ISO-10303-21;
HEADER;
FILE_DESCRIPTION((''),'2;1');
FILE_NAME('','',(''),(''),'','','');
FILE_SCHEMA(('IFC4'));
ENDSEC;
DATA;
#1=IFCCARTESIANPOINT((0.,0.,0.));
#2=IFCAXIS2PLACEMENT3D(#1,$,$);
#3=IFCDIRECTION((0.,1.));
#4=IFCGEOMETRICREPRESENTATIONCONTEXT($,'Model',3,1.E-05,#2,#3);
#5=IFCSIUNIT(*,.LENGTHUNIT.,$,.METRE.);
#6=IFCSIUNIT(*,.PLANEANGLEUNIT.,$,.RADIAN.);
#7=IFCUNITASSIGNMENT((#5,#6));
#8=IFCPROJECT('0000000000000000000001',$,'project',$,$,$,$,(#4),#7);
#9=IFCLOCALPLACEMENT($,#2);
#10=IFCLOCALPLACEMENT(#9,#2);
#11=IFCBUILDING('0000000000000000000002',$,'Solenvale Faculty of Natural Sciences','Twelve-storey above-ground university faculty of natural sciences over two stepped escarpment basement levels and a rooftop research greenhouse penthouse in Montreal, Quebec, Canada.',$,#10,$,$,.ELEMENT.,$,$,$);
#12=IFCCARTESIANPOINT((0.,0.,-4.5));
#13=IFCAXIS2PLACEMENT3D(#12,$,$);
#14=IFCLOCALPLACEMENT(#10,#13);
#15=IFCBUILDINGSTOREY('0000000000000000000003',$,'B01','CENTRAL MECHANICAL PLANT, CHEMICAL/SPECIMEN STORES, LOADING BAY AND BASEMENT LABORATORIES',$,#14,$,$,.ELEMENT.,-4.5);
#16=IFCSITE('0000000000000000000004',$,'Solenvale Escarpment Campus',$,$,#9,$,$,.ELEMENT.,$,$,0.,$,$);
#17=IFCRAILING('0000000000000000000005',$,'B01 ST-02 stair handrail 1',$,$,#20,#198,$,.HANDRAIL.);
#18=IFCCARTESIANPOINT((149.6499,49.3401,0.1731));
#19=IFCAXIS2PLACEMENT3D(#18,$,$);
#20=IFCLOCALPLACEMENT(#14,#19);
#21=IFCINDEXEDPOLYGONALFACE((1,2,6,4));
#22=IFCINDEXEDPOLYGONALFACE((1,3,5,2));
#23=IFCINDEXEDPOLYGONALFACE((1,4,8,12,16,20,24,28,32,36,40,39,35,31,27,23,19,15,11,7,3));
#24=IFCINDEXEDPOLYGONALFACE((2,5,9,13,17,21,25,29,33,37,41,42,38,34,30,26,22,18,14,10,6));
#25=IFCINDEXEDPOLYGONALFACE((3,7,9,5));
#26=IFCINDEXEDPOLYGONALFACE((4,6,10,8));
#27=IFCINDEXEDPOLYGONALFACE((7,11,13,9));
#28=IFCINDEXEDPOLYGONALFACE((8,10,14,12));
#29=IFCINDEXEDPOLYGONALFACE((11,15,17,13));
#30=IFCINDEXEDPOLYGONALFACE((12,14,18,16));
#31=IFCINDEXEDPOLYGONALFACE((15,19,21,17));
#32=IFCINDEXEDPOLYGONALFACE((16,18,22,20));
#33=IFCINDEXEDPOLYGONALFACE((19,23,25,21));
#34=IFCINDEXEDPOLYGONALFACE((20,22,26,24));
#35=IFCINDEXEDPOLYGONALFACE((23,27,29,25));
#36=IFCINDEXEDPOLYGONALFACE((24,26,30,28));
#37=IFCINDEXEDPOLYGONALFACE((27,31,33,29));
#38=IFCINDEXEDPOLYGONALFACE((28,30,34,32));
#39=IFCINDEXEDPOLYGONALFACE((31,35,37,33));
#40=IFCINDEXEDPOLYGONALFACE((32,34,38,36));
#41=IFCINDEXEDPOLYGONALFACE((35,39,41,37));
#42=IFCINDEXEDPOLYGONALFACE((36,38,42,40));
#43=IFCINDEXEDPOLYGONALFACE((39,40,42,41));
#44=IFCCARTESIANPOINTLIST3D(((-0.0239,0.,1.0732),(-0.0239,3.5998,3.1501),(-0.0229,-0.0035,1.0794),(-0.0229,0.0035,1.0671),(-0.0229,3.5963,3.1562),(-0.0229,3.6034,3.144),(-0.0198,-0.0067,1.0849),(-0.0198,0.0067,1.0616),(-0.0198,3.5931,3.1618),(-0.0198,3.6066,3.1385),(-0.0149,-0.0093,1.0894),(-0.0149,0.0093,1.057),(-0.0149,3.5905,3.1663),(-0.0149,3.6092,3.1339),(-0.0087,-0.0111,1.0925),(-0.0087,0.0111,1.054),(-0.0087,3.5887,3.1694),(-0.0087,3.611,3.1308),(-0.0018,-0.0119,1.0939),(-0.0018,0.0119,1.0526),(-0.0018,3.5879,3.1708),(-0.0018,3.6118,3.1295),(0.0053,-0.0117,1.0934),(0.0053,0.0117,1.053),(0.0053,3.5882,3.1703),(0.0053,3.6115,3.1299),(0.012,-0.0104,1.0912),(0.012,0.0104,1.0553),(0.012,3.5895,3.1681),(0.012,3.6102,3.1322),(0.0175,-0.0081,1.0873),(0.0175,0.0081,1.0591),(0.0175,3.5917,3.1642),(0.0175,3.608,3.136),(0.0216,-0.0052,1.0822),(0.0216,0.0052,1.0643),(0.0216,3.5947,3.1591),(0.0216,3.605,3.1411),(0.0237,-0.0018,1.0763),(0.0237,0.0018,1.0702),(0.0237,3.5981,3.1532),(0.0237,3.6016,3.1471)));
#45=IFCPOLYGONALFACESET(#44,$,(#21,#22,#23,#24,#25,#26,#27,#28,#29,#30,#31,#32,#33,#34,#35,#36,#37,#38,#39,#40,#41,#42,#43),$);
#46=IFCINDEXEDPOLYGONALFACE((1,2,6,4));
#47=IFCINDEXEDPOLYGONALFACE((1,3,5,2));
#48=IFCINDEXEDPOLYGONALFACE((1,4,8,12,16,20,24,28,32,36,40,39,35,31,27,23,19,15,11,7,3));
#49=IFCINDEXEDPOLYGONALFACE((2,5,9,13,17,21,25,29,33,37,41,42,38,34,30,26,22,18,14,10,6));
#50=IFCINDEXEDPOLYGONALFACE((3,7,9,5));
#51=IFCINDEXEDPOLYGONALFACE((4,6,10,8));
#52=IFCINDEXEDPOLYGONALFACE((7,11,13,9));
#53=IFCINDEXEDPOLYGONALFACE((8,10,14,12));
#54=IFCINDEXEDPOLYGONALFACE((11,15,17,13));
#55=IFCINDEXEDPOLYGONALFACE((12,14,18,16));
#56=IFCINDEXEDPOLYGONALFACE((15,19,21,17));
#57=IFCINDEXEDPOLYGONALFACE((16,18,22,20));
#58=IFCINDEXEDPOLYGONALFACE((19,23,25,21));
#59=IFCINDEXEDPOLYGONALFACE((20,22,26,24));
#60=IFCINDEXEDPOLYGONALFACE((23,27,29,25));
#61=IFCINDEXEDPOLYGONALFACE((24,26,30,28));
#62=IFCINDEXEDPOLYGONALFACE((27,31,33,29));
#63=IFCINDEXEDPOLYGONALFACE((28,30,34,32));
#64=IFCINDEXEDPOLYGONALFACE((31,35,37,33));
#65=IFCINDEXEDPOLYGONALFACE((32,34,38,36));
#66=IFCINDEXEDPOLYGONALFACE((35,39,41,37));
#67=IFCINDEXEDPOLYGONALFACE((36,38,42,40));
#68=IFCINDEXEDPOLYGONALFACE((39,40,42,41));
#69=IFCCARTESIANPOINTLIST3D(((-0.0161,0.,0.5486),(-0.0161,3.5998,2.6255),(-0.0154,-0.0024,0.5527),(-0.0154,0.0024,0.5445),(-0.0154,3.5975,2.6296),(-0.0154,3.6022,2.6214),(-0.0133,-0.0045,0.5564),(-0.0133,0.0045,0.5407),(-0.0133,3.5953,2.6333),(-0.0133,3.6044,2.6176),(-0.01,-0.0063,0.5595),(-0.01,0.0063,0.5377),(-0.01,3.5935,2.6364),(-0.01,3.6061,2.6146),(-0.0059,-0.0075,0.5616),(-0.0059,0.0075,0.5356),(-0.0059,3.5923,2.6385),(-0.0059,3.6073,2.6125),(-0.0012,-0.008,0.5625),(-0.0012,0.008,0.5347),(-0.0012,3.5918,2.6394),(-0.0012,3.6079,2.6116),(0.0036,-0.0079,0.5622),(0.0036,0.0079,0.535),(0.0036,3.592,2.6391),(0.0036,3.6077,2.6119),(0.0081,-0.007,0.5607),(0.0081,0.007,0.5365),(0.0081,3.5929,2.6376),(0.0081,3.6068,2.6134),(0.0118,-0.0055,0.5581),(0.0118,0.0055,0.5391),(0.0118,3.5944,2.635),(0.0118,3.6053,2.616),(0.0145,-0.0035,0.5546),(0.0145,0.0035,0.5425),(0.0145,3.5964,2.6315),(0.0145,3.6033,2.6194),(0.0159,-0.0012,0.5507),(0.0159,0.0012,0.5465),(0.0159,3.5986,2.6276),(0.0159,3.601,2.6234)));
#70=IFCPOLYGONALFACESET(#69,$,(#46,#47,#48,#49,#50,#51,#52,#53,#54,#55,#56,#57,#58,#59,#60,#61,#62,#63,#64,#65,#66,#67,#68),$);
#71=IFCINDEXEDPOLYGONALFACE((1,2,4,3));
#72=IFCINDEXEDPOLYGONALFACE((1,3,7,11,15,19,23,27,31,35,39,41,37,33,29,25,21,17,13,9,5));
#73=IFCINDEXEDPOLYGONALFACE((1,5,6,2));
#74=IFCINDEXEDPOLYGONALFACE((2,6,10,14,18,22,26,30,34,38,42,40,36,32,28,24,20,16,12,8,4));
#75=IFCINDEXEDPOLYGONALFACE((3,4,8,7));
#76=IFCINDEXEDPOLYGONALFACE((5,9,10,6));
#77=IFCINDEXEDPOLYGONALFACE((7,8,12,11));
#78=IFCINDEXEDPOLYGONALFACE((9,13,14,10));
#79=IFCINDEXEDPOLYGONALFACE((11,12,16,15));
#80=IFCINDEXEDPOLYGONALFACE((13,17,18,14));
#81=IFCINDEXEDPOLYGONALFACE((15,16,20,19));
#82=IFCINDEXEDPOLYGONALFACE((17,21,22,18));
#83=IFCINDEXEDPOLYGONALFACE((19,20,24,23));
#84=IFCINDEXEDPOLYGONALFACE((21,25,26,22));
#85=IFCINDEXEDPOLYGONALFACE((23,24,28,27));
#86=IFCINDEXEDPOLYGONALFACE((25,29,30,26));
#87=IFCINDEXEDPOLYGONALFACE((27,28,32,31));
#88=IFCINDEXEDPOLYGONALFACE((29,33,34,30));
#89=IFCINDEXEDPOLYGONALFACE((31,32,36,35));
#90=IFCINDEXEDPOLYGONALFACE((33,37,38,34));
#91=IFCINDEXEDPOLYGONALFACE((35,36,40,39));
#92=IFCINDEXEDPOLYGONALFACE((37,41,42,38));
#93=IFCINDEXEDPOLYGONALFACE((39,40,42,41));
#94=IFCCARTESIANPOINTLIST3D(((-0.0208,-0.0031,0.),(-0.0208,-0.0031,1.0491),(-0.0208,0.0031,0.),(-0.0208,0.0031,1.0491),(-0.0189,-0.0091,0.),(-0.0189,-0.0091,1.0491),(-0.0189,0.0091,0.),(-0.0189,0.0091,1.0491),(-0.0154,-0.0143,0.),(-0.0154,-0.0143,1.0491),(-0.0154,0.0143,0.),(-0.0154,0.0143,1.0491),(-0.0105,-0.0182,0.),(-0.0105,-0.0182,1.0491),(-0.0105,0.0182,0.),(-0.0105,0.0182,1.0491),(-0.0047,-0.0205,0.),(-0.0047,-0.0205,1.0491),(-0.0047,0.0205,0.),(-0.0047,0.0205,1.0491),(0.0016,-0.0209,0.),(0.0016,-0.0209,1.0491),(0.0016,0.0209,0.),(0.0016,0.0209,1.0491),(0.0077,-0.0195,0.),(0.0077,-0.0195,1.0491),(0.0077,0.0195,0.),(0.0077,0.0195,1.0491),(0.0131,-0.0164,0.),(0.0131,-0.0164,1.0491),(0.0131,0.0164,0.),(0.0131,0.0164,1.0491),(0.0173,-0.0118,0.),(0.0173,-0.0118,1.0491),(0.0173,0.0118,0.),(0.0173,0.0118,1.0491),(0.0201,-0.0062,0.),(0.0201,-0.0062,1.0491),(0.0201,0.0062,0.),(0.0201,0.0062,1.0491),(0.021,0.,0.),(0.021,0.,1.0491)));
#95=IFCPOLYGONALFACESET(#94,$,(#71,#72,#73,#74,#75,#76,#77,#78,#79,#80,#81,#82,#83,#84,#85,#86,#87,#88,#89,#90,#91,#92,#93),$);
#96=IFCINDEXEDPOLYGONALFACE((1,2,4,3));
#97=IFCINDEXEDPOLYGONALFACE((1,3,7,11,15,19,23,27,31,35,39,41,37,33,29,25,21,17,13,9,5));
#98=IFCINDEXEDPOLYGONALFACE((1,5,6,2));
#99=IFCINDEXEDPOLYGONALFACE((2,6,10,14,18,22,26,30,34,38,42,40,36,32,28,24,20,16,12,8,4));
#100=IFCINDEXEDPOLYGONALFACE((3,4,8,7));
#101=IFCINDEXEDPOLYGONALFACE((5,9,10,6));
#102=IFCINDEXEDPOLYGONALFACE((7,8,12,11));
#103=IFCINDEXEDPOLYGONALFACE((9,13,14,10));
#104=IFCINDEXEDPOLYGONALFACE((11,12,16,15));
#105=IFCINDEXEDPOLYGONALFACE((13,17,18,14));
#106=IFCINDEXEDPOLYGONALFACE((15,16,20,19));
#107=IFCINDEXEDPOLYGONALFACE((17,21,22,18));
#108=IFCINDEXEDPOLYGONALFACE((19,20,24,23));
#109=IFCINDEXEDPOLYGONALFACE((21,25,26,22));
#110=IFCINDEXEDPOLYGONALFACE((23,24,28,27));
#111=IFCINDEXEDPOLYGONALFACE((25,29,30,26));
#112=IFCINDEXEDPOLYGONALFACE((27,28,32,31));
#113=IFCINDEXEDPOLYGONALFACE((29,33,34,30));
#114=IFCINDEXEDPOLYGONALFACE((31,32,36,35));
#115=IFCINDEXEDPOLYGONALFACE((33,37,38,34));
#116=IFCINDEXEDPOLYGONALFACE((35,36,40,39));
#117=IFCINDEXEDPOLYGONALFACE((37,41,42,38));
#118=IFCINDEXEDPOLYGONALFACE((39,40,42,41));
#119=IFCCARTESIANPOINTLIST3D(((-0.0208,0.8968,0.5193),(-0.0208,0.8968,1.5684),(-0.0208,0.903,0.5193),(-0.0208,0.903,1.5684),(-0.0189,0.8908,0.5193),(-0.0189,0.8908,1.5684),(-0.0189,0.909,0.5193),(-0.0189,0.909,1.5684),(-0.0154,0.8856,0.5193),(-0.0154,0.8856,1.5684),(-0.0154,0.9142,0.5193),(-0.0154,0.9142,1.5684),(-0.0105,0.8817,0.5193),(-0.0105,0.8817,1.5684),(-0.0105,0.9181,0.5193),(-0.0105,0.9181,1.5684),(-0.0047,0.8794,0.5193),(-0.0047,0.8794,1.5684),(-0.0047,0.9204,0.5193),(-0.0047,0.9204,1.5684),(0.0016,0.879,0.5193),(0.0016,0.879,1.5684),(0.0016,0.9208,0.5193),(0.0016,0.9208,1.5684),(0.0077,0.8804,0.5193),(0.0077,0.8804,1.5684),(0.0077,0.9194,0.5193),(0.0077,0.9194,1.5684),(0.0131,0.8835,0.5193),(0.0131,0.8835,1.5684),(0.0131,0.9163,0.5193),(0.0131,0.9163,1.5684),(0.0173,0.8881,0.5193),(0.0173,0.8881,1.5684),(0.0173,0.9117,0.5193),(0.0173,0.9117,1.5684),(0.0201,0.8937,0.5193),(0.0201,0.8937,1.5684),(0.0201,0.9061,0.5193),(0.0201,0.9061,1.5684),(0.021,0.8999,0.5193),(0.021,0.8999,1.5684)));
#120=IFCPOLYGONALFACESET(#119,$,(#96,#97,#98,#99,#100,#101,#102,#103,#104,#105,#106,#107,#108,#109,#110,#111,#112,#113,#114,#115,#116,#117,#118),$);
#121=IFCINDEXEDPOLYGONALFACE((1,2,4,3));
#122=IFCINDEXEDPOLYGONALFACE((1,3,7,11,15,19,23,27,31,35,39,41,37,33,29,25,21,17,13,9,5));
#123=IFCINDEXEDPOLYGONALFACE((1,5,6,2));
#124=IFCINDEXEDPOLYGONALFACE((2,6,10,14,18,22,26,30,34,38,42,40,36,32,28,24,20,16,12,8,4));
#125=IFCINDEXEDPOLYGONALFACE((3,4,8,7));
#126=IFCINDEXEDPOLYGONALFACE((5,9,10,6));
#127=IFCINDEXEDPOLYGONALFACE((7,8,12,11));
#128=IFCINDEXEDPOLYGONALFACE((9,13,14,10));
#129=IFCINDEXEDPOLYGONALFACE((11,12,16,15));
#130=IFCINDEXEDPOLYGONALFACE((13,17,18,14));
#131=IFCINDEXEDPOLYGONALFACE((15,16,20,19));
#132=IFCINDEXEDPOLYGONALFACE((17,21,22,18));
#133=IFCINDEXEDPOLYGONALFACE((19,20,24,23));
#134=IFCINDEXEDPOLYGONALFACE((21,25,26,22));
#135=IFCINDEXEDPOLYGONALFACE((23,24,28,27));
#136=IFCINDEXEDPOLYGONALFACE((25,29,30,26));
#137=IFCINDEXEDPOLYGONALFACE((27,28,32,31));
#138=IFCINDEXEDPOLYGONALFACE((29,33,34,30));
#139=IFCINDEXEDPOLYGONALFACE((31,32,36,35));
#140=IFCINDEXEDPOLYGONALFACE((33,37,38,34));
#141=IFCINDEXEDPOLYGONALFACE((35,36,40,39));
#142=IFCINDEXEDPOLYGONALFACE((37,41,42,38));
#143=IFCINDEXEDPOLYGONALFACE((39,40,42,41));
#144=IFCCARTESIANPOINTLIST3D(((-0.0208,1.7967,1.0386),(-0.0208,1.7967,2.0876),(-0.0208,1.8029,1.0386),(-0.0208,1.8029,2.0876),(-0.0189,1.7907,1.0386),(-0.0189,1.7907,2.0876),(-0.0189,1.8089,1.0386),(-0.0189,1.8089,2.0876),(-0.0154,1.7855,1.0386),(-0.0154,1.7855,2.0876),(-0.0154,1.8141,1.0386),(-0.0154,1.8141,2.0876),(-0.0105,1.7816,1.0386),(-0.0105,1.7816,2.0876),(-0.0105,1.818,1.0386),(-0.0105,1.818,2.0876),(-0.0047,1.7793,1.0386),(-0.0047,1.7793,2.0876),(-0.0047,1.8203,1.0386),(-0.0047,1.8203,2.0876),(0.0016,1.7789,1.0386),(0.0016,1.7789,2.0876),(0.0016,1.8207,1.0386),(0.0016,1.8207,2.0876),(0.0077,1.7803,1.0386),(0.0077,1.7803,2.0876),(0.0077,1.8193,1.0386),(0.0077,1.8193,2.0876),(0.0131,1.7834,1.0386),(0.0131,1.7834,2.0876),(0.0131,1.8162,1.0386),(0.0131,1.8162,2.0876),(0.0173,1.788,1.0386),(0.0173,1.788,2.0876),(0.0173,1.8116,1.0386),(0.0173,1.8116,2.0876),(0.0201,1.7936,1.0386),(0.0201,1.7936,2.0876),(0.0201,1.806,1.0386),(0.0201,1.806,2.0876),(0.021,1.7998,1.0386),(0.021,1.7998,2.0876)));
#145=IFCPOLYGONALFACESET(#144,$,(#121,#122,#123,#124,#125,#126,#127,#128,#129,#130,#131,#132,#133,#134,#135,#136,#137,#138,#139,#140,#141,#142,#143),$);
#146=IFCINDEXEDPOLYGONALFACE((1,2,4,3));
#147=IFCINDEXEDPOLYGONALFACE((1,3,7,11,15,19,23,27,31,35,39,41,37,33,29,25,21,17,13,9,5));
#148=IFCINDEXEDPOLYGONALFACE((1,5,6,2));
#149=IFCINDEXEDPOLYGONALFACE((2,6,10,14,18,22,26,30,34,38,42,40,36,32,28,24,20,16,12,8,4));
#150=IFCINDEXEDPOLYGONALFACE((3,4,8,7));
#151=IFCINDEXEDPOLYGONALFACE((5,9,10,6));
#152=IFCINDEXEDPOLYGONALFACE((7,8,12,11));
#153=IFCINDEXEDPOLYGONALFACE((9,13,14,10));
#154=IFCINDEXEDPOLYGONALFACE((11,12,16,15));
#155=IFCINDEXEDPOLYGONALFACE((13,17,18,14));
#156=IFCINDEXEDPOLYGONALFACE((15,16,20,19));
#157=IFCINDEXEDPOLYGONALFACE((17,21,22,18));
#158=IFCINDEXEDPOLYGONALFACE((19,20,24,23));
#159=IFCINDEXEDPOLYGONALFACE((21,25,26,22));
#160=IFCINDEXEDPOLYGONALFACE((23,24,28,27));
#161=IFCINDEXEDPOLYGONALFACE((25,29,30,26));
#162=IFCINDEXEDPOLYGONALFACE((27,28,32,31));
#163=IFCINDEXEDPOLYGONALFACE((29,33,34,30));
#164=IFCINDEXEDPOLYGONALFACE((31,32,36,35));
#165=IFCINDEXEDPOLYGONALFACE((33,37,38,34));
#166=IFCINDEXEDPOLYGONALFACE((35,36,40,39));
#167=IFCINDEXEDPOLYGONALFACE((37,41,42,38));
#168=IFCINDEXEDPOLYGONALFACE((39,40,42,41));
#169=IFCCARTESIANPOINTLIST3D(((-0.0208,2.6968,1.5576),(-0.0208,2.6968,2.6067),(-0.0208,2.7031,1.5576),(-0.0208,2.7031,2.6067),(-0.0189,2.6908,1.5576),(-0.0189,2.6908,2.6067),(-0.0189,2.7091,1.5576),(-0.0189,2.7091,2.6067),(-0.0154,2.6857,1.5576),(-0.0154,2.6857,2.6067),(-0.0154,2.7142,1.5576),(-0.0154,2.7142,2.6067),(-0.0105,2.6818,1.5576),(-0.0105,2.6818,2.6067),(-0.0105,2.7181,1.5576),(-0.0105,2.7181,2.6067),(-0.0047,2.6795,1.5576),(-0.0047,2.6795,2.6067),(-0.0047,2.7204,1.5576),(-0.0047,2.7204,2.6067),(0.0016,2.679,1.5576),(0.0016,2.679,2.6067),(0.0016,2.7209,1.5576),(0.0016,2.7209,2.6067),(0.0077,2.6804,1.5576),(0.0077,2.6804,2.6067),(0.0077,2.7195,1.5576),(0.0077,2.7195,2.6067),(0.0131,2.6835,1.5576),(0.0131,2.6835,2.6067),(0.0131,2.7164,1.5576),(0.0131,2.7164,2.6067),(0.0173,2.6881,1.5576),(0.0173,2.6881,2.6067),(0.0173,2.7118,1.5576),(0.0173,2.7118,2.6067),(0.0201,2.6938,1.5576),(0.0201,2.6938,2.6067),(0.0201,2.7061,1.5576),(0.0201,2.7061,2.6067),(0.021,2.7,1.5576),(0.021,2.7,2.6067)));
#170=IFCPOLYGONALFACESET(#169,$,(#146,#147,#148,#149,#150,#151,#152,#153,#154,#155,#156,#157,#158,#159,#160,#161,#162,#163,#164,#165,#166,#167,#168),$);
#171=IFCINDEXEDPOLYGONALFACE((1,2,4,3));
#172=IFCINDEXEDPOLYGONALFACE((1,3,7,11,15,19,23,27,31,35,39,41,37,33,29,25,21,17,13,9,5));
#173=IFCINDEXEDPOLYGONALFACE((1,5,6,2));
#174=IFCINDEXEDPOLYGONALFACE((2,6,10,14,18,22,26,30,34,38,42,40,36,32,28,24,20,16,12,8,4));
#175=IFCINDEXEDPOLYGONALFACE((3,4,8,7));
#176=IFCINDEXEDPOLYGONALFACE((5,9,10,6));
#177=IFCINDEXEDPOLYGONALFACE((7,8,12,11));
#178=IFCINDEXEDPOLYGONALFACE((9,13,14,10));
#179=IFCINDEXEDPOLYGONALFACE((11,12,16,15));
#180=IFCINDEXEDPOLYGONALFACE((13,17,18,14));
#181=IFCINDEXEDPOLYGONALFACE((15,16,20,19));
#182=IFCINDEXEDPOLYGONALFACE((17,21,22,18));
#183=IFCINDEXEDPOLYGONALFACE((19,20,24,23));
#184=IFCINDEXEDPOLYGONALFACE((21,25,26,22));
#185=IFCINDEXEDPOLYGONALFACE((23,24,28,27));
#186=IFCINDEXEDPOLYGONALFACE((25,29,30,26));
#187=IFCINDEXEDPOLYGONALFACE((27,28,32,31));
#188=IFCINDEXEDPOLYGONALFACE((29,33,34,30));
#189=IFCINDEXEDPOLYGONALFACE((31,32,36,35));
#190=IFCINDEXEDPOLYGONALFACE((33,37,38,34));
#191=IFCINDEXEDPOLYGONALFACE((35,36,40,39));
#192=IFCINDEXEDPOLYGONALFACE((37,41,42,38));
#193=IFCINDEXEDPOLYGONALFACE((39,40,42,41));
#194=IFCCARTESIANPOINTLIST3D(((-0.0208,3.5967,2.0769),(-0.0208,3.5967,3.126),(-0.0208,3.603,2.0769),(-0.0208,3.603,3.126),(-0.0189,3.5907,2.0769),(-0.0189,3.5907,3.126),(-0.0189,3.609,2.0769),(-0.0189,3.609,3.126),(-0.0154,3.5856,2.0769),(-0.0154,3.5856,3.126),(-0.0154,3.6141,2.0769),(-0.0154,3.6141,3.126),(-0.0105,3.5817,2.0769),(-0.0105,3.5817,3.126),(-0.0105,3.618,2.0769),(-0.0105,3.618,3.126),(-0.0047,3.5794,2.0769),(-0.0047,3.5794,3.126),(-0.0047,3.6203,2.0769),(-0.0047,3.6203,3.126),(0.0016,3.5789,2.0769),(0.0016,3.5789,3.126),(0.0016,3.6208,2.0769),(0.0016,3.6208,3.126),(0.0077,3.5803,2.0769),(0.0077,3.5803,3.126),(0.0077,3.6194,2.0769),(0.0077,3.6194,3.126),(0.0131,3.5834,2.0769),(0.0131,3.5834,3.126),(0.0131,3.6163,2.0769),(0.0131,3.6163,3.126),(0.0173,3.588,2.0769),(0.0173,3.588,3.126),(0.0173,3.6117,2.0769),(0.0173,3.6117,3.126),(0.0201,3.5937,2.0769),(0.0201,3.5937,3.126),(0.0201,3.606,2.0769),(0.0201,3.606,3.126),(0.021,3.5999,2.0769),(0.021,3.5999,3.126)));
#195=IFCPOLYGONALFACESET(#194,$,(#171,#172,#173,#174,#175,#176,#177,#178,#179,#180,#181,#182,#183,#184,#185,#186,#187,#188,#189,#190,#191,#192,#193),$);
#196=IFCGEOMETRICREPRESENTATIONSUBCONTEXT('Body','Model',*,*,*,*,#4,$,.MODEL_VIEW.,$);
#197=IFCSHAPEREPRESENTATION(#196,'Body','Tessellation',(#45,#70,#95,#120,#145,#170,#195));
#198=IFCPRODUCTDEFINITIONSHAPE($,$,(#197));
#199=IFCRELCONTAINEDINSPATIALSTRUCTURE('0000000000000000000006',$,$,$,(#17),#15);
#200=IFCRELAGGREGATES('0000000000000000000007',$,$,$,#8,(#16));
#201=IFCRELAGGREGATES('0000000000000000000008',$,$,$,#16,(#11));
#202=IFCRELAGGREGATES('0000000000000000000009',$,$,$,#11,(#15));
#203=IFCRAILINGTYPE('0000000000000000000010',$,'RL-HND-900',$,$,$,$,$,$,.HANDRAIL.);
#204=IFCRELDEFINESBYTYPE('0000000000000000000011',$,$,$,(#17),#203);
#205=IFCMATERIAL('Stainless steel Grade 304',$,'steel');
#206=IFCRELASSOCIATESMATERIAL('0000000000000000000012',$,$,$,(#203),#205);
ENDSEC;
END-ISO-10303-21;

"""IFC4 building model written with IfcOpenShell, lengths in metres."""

from ifc_helpers import new_model, si_unit, direction, frame, origin, origin_2d, place, context, subcontext, project, spatial, circle, extrude, material, type_object, element, save


model = new_model("IFC4")

# Units and contexts
model_context = context("Model", 3, precision=1e-05, world=origin(), true_north=direction((0.0, 1.0)))
body_context = subcontext(model_context, "Body", "Model", "MODEL_VIEW")
ifc_project = project(units=[si_unit("LENGTHUNIT", "METRE"), si_unit("PLANEANGLEUNIT", "RADIAN")], contexts=[model_context])

# Site, building, storey
site_placement = place(None, origin())
site = spatial("IfcSite", under=ifc_project, at=site_placement, Name="Solenvale Escarpment Campus", CompositionType="ELEMENT", RefElevation=0.0)
building_placement = place(site_placement, origin())
building = spatial("IfcBuilding", under=site, at=building_placement, Name="Solenvale Faculty of Natural Sciences", Description="Twelve-storey above-ground university faculty of natural sciences over two stepped escarpment basement levels and a rooftop research greenhouse penthouse in Montreal, Quebec, Canada.", CompositionType="ELEMENT")
storey_placement = place(building_placement, frame((0.0, 0.0, -4.5)))
storey = spatial("IfcBuildingStorey", under=building, at=storey_placement, Name="B01", Description="CENTRAL MECHANICAL PLANT, CHEMICAL/SPECIMEN STORES, LOADING BAY AND BASEMENT LABORATORIES", CompositionType="ELEMENT", Elevation=-4.5)

# Railing
ifc_material_1 = material(Name="Stainless steel Grade 304", Category="steel")
railing_type_1 = type_object("IfcRailingType", Name="RL-HND-900", PredefinedType="HANDRAIL", material=ifc_material_1)
railing_1_placement = place(storey_placement, frame((149.6499, 49.3401, 0.1731)))
element("IfcRailing", 1, at=railing_1_placement, inside=storey, type_object=railing_type_1, Name="B01 ST-02 stair handrail 1", PredefinedType="HANDRAIL", context=body_context, shape_type="SweptSolid", body=[
    extrude(circle(Radius=0.0239, at=origin_2d()), frame((0.0, 0.0, 1.0732), z_axis=(0.0, 0.866179, 0.499734), x_axis=(-1.0, 0.0, 0.0)), (0.0, 0.0, 1.0), 4.156),
    extrude(circle(Radius=0.0161, at=origin_2d()), frame((0.0, 0.0, 0.5486), z_axis=(0.0, 0.866179, 0.499734), x_axis=(-1.0, 0.0, 0.0)), (0.0, 0.0, 1.0), 4.156),
    extrude(circle(Radius=0.021, at=origin_2d()), origin(), (0.0, 0.0, 1.0), 1.0491),
    extrude(circle(Radius=0.021, at=origin_2d()), frame((0.0, 0.8999, 0.5193)), (0.0, 0.0, 1.0), 1.0491),
    extrude(circle(Radius=0.021, at=origin_2d()), frame((0.0, 1.7998, 1.0386)), (0.0, 0.0, 1.0), 1.0491),
    extrude(circle(Radius=0.021, at=origin_2d()), frame((0.0, 2.7, 1.5576)), (0.0, 0.0, 1.0), 1.0491),
    extrude(circle(Radius=0.021, at=origin_2d()), frame((0.0, 3.5999, 2.0769)), (0.0, 0.0, 1.0), 1.0491),
])

save(model, "model.ifc")
